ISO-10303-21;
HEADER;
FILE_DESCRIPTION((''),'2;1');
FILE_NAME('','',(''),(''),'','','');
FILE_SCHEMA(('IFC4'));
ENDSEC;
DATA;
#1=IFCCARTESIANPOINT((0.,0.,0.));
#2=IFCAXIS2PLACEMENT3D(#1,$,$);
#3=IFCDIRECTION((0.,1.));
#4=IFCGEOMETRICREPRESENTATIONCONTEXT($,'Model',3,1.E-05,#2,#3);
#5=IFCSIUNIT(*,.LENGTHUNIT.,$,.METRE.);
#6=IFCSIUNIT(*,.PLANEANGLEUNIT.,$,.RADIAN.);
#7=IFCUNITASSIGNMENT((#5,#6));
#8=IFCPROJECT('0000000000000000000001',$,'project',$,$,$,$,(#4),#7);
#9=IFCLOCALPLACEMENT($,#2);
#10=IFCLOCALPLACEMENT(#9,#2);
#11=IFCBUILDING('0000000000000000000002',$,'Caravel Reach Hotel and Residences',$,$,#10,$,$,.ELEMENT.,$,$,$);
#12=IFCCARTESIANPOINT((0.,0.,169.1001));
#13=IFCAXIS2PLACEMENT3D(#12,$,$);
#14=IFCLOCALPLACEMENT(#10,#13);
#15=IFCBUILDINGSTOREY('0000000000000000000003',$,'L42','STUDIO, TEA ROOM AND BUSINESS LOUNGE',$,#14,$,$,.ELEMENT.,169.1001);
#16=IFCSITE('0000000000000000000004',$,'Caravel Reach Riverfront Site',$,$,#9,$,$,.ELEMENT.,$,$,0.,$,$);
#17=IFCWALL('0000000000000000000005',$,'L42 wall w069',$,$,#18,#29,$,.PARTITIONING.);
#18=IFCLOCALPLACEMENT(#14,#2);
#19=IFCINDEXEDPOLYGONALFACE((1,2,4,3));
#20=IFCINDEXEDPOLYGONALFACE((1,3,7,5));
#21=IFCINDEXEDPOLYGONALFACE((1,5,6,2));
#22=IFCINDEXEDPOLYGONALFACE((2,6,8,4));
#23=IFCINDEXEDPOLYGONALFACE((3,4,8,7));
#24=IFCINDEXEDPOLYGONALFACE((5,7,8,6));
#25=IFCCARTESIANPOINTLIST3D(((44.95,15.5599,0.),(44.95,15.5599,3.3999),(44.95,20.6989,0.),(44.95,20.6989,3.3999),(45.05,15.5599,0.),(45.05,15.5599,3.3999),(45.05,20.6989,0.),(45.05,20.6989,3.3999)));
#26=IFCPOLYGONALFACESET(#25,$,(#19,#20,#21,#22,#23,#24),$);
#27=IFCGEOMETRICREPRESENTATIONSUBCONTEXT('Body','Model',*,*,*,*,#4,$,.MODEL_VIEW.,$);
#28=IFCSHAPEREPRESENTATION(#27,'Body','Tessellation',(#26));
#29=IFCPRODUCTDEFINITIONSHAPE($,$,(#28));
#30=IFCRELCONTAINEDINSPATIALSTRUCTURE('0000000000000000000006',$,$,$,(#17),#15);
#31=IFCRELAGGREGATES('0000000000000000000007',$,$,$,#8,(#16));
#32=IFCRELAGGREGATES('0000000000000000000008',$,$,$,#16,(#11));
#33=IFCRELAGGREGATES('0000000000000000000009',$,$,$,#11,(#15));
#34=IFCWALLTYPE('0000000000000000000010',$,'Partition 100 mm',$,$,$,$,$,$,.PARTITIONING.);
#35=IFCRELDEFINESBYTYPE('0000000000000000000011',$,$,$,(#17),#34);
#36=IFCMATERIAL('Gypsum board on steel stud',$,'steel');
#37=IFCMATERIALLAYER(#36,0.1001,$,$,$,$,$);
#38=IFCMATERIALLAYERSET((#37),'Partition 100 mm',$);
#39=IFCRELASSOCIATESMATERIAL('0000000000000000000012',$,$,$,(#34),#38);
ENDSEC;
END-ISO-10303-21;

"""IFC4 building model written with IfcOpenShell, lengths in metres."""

from ifc_helpers import new_model, si_unit, direction, frame, frame_2d, origin, place, context, subcontext, project, spatial, rectangle, extrude, material, layer, layer_set, type_object, element, save


model = new_model("IFC4")

# Units and contexts
model_context = context("Model", 3, precision=1e-05, world=origin(), true_north=direction((0.0, 1.0)))
body_context = subcontext(model_context, "Body", "Model", "MODEL_VIEW")
ifc_project = project(units=[si_unit("LENGTHUNIT", "METRE"), si_unit("PLANEANGLEUNIT", "RADIAN")], contexts=[model_context])

# Site, building, storey
site_placement = place(None, origin())
site = spatial("IfcSite", under=ifc_project, at=site_placement, Name="Caravel Reach Riverfront Site", CompositionType="ELEMENT", RefElevation=0.0)
building_placement = place(site_placement, origin())
building = spatial("IfcBuilding", under=site, at=building_placement, Name="Caravel Reach Hotel and Residences", CompositionType="ELEMENT")
storey_placement = place(building_placement, frame((0.0, 0.0, 169.1001)))
storey = spatial("IfcBuildingStorey", under=building, at=storey_placement, Name="L42", Description="STUDIO, TEA ROOM AND BUSINESS LOUNGE", CompositionType="ELEMENT", Elevation=169.1001)

# Shared definitions
ifc_material_1 = material(Name="Gypsum board on steel stud", Category="steel")
ifc_layer_1 = layer(ifc_material_1, 0.1001)
ifc_layer_set_1 = layer_set([ifc_layer_1], Name="Partition 100 mm")
wall_type_1 = type_object("IfcWallType", Name="Partition 100 mm", PredefinedType="PARTITIONING", material=ifc_layer_set_1)

# Wall
wall_1_placement = place(storey_placement, frame((45.0, 15.5601, 0.0), z_axis=(0.0, 0.0, 1.0), x_axis=(0.0, 1.0, 0.0)))
element("IfcWall", 1, at=wall_1_placement, inside=storey, type_object=wall_type_1, Name="L42 wall w069", PredefinedType="PARTITIONING", context=body_context, shape_type="SweptSolid", body=[
    extrude(rectangle(XDim=5.1389, YDim=0.1001, at=frame_2d((2.5693, 0.0))), origin(), (0.0, 0.0, 1.0), 3.3999),
])

save(model, "model.ifc")
